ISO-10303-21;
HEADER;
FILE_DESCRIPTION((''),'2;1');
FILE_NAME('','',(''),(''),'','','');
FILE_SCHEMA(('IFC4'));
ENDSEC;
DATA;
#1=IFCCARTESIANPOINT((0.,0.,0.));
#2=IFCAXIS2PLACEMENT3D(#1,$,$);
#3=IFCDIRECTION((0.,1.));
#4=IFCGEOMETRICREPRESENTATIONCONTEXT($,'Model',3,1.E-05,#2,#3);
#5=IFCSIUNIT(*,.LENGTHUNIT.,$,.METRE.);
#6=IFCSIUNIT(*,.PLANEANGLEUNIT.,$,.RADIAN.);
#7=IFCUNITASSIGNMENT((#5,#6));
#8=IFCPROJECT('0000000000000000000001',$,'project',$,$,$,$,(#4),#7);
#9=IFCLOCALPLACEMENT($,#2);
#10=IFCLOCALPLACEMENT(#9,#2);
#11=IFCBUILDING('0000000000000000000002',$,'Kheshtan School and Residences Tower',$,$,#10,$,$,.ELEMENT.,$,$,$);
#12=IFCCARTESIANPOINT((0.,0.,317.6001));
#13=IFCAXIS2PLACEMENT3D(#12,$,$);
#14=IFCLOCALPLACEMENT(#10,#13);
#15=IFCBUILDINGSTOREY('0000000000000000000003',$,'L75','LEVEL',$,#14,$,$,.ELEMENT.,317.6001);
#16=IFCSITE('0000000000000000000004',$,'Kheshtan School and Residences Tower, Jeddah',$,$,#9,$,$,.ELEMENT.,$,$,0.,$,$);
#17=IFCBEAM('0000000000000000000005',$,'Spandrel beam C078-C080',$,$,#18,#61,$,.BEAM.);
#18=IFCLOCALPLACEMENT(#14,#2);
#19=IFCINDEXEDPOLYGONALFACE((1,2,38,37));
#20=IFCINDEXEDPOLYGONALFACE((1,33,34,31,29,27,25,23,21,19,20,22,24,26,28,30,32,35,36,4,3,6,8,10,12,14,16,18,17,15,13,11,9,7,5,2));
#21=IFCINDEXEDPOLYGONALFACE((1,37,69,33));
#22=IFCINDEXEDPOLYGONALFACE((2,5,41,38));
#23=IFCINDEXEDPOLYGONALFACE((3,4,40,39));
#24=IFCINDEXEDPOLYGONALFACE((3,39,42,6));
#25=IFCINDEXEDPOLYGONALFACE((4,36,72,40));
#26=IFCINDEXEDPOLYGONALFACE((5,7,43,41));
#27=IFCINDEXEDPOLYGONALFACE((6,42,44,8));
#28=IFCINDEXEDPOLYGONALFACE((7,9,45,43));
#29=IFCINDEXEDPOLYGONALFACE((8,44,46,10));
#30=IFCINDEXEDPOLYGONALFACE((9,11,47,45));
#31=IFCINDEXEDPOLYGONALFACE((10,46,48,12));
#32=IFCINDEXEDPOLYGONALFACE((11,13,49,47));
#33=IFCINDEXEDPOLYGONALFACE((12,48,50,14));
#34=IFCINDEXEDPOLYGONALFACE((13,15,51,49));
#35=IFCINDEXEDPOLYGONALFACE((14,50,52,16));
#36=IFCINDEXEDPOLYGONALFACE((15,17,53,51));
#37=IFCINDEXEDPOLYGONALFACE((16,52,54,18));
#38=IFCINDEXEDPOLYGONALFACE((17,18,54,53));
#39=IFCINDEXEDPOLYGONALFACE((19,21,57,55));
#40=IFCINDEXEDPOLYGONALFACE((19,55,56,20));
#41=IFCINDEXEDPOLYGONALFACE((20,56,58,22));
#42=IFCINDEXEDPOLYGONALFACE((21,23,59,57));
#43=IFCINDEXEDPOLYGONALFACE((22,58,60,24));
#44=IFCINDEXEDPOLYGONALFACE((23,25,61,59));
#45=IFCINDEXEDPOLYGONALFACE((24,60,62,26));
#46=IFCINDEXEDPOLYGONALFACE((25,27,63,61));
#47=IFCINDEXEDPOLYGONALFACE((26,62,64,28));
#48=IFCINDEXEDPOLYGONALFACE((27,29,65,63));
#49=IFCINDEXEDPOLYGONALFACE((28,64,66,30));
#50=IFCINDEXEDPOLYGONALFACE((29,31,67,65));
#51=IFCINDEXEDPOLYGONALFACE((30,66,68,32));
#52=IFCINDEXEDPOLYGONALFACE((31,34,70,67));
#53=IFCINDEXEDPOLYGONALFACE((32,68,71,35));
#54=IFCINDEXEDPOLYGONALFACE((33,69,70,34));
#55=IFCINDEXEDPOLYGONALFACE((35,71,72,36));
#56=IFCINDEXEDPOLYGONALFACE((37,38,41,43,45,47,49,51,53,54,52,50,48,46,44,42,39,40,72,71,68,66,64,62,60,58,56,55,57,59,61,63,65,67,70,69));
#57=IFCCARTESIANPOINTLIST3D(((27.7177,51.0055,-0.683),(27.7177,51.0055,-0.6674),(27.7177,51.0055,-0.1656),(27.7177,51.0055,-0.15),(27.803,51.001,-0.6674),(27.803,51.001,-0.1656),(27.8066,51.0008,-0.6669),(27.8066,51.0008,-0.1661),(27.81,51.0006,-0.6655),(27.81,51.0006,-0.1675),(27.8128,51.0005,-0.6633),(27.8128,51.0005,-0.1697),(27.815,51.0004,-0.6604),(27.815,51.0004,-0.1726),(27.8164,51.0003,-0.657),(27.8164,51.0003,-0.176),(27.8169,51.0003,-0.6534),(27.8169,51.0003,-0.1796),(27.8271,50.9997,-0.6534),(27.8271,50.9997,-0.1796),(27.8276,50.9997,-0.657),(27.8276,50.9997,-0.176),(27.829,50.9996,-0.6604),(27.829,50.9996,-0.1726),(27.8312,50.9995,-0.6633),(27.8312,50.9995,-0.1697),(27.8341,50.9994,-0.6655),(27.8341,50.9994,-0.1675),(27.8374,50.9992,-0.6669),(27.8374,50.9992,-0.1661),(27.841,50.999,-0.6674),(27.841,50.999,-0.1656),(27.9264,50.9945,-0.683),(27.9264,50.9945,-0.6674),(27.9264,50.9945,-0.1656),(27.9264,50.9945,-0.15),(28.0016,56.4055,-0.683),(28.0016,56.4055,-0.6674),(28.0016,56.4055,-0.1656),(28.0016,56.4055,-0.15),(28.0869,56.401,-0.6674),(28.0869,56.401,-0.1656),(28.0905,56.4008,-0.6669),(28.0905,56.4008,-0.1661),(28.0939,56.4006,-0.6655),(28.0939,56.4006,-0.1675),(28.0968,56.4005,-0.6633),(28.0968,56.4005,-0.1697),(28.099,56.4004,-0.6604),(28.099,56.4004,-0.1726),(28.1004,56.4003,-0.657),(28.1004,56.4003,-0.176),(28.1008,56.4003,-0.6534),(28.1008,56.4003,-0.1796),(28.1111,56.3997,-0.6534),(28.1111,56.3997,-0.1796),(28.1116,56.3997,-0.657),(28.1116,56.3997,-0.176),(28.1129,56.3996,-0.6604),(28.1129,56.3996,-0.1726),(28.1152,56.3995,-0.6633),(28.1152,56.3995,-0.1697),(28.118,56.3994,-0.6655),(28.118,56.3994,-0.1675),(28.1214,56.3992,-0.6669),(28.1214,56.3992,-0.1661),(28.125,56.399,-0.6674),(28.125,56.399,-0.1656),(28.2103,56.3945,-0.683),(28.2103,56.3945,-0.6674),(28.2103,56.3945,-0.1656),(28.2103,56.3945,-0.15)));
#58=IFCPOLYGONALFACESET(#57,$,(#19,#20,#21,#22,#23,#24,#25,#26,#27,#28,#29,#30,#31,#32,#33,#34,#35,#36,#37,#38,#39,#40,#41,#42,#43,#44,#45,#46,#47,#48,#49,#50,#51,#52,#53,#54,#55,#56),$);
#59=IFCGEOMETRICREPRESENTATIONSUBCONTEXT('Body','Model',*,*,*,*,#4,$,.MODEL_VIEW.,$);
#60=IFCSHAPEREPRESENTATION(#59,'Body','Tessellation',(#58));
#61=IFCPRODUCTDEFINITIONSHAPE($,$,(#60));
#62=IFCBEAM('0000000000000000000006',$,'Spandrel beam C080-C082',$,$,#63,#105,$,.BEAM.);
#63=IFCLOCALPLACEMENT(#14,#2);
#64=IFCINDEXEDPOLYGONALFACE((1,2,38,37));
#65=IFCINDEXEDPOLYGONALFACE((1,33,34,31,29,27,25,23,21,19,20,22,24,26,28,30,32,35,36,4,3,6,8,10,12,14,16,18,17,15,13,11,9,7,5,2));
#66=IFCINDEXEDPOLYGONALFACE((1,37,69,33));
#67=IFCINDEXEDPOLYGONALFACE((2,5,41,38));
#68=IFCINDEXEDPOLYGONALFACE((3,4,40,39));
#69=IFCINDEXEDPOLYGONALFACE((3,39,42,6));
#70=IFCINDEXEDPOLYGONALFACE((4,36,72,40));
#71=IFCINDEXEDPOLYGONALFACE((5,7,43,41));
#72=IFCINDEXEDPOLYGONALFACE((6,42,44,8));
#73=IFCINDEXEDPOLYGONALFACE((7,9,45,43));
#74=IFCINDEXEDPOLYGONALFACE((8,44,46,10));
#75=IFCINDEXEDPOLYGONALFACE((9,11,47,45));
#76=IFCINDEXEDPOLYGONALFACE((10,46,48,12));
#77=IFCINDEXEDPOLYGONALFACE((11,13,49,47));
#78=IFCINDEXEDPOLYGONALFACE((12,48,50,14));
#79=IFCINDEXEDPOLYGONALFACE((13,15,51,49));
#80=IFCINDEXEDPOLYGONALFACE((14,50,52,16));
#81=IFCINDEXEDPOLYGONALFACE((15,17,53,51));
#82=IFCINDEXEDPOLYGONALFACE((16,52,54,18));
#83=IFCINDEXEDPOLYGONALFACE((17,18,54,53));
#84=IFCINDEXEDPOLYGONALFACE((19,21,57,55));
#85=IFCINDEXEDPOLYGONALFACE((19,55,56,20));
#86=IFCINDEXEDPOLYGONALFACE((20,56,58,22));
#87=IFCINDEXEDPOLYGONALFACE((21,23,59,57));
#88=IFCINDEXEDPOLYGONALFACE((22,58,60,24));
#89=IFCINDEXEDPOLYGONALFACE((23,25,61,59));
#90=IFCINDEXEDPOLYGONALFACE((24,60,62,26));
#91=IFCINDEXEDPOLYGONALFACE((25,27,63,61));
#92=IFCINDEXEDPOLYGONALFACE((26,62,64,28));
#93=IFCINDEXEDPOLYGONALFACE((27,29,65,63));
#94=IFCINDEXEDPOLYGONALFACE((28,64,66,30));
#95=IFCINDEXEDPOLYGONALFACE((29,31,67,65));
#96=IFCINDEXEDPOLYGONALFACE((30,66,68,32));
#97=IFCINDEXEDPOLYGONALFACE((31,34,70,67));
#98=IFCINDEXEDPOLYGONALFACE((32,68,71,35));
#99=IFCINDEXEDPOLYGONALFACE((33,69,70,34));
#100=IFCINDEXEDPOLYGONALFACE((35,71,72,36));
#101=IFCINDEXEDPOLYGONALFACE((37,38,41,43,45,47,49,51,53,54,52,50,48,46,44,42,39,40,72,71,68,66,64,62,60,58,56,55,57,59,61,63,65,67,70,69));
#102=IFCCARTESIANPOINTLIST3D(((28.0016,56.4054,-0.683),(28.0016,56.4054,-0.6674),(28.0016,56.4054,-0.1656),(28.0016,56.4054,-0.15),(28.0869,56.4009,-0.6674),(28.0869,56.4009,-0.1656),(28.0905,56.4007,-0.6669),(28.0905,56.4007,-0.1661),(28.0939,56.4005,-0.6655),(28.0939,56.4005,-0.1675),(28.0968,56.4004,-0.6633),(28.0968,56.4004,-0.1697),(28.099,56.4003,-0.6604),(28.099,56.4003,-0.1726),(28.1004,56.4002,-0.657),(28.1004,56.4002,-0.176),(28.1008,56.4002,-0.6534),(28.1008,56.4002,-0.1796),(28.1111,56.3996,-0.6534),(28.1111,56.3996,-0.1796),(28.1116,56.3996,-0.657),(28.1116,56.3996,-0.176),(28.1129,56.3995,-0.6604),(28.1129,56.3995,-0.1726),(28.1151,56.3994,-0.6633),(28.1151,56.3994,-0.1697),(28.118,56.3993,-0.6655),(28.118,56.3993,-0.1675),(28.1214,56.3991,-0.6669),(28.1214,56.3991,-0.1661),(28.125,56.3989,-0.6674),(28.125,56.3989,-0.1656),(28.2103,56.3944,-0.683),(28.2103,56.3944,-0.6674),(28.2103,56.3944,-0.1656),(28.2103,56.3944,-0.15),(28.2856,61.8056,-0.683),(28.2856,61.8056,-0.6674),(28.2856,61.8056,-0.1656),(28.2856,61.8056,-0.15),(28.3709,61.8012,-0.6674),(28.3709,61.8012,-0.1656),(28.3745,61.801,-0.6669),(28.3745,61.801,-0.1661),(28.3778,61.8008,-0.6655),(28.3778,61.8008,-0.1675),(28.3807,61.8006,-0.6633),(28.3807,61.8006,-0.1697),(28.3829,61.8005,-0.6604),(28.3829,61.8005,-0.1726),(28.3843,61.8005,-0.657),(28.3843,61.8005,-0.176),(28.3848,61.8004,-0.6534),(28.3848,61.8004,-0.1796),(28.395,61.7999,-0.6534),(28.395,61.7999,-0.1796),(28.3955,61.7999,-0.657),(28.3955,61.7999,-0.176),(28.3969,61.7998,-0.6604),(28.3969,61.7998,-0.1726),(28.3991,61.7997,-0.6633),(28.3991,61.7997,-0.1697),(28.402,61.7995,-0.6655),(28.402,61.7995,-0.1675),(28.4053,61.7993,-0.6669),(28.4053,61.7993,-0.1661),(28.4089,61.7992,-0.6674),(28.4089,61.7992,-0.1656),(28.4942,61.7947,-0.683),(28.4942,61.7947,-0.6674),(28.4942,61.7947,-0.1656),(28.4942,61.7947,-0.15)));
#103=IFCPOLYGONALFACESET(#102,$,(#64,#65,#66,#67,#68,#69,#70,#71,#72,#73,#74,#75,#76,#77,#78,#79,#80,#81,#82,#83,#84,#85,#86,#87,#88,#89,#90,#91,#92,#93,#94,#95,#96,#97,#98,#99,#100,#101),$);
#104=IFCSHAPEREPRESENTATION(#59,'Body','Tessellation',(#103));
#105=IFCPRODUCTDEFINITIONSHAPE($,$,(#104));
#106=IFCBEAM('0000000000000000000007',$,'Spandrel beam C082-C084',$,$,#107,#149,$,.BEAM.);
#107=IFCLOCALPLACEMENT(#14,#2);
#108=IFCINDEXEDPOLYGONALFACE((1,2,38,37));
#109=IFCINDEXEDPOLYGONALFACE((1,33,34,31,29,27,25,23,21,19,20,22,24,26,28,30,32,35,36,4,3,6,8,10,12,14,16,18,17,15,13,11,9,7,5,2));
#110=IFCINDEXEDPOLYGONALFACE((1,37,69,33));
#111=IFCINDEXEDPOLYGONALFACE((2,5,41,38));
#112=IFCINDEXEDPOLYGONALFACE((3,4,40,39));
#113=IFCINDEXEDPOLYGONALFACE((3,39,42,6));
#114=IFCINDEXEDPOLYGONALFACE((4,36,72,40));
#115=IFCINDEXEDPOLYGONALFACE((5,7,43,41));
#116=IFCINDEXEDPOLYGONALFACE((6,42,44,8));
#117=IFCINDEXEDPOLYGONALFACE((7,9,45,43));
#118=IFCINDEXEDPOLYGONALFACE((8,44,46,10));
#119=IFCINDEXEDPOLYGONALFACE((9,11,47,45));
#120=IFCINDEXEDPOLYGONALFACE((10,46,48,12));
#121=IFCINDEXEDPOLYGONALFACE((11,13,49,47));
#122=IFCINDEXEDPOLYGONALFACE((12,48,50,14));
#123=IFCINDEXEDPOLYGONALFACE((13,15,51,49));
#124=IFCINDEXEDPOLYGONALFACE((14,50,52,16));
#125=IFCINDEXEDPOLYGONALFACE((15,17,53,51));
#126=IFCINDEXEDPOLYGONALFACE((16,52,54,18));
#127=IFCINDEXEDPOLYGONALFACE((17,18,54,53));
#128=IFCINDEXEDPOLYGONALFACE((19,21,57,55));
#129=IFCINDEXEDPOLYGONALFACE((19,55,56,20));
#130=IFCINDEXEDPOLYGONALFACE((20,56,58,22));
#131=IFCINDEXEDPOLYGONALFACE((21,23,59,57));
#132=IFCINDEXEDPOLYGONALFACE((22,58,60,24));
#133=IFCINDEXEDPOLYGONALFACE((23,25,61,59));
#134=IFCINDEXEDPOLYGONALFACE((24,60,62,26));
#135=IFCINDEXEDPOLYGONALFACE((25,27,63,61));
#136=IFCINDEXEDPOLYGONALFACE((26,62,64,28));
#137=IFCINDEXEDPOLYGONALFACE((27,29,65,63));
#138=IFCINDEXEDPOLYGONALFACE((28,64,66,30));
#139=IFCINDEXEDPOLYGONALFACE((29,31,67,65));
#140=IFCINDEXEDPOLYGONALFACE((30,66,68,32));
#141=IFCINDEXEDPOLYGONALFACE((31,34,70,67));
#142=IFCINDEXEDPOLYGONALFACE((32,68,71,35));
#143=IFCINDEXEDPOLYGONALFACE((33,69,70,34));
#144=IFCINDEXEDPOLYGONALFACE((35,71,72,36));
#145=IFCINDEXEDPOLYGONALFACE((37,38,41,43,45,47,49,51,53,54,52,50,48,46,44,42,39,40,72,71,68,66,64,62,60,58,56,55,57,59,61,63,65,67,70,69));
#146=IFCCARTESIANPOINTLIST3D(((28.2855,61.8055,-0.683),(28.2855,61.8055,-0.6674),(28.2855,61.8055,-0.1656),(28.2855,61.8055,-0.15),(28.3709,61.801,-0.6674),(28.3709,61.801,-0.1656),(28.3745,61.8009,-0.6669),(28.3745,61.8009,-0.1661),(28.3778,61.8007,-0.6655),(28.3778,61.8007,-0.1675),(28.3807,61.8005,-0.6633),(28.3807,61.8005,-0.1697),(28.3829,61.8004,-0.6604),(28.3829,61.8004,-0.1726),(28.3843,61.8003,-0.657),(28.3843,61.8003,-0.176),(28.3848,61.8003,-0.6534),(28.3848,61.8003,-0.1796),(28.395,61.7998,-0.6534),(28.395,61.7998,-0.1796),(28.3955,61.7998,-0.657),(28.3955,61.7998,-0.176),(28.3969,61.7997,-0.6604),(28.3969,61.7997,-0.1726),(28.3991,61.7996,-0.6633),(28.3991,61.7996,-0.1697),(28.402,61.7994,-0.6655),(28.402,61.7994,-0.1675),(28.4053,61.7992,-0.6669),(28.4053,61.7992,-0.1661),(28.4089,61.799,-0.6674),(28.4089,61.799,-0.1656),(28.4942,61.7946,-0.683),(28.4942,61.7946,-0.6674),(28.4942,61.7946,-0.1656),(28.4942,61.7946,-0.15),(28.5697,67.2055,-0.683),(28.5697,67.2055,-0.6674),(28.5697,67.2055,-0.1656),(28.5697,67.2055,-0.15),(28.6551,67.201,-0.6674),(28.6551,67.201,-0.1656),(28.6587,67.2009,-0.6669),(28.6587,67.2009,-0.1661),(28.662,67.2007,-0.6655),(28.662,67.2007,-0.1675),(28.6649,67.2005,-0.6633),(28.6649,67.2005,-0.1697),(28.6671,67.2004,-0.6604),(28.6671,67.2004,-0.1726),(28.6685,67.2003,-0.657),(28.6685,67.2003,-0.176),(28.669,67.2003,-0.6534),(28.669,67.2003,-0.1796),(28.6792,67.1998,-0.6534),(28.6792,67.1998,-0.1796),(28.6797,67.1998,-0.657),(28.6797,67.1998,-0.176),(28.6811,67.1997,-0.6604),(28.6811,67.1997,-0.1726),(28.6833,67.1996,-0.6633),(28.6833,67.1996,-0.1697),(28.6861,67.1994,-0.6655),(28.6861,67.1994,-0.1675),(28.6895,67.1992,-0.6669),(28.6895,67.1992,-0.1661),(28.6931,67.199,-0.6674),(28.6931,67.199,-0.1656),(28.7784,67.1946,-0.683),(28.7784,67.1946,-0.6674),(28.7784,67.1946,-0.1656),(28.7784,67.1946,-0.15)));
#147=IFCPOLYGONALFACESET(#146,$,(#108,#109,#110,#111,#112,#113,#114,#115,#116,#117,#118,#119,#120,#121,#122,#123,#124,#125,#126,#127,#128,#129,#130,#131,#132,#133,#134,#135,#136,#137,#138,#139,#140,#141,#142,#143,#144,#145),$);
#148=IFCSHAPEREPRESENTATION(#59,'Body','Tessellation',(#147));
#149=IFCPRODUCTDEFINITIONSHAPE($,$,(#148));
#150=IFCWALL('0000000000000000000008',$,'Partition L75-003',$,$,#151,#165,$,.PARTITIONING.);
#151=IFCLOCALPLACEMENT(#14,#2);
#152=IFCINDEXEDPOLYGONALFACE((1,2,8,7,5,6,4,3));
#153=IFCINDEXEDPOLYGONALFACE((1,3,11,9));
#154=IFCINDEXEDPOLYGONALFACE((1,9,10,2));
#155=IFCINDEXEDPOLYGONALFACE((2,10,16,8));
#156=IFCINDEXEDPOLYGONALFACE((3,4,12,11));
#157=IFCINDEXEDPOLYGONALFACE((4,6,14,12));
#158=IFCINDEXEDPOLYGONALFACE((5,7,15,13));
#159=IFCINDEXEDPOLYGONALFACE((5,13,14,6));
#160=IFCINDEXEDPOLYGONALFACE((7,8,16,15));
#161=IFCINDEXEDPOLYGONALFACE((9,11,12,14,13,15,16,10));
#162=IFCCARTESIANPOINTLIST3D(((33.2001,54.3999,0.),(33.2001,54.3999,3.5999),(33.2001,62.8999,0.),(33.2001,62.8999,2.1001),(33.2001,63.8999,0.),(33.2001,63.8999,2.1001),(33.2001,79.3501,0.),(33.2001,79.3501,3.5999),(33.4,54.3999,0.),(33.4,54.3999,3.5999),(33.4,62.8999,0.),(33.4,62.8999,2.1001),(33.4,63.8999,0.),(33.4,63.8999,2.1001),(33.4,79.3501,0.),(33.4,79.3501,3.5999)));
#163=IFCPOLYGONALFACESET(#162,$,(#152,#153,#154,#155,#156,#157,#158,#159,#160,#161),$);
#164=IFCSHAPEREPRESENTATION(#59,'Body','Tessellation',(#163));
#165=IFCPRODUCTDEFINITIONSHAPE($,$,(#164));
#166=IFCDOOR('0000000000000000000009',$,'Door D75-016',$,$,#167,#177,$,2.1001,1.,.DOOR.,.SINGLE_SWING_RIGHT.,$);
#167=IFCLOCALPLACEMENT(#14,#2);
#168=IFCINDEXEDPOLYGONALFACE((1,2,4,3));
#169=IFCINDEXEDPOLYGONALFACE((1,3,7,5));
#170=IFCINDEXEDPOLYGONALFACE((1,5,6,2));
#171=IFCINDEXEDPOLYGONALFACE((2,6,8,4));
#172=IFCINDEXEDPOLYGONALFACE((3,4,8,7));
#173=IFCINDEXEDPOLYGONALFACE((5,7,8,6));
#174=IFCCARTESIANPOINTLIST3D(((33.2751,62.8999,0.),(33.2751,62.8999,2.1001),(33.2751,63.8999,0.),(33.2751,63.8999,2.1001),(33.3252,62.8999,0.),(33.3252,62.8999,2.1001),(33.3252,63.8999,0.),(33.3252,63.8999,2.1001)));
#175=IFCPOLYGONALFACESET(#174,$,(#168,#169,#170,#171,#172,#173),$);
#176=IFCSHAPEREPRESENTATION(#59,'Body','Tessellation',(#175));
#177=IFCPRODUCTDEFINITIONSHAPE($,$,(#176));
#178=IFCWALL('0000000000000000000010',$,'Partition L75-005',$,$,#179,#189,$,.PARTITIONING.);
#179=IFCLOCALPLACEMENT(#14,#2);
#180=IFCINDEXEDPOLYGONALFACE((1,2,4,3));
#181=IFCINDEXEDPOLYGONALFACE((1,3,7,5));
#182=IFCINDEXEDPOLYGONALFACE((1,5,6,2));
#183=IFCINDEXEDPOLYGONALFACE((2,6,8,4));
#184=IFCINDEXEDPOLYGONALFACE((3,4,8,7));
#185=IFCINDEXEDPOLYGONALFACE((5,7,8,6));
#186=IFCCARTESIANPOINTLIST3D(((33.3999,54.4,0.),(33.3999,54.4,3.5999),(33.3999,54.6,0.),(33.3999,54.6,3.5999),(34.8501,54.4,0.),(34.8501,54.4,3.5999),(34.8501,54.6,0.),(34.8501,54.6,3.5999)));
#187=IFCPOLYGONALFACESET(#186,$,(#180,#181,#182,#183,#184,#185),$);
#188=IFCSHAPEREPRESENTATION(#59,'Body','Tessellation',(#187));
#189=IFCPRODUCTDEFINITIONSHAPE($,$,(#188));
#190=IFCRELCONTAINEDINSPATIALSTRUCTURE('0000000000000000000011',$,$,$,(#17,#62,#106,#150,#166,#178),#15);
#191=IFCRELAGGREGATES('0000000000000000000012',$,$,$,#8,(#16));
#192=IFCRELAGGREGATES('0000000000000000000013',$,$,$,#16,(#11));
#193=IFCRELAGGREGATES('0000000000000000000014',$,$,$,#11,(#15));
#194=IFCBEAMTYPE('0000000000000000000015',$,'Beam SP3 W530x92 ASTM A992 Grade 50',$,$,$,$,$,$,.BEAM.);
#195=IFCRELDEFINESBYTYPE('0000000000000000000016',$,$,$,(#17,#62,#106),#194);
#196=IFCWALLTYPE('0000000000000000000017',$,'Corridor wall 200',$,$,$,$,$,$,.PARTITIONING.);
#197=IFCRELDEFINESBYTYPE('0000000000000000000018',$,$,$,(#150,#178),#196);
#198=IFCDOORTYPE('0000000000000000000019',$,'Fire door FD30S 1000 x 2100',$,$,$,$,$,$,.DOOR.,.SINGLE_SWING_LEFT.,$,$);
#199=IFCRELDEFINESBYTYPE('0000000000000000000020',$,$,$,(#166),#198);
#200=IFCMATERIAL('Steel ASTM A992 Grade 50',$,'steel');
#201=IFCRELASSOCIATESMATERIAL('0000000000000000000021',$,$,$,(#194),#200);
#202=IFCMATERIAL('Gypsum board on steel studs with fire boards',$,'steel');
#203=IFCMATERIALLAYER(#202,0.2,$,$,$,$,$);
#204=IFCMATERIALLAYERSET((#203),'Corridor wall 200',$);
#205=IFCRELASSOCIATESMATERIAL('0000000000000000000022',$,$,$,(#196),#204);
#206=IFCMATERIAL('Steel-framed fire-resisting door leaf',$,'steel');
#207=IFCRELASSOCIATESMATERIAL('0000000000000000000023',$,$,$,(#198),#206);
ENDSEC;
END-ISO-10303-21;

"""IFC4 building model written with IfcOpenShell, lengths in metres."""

from ifc_helpers import new_model, si_unit, direction, frame, frame_2d, origin, origin_2d, place, context, subcontext, project, spatial, rectangle, i_section, extrude, source, transform, mapped, material, layer, layer_set, material_profile, profile_set, type_object, element, fill, save


model = new_model("IFC4")

# Units and contexts
model_context = context("Model", 3, precision=1e-05, world=origin(), true_north=direction((0.0, 1.0)))
body_context = subcontext(model_context, "Body", "Model", "MODEL_VIEW")
ifc_project = project(units=[si_unit("LENGTHUNIT", "METRE"), si_unit("PLANEANGLEUNIT", "RADIAN")], contexts=[model_context])

# Site, building, storey
site_placement = place(None, origin())
site = spatial("IfcSite", under=ifc_project, at=site_placement, Name="Kheshtan School and Residences Tower, Jeddah", CompositionType="ELEMENT", RefElevation=0.0)
building_placement = place(site_placement, origin())
building = spatial("IfcBuilding", under=site, at=building_placement, Name="Kheshtan School and Residences Tower", CompositionType="ELEMENT")
storey_placement = place(building_placement, frame((0.0, 0.0, 317.6001)))
storey = spatial("IfcBuildingStorey", under=building, at=storey_placement, Name="L75", Description="LEVEL", CompositionType="ELEMENT", Elevation=317.6001)

# Shared definitions
ifc_material_1 = material(Name="Steel ASTM A992 Grade 50", Category="steel")

# Beams
ifc_material_profile_1 = material_profile(ifc_material_1, i_section(OverallWidth=0.209, OverallDepth=0.533, WebThickness=0.0103, FlangeThickness=0.0156, FilletRadius=0.0139, at=origin_2d()), Name="W530x92")
ifc_profile_set_1 = profile_set([ifc_material_profile_1], Name="Steel ASTM A992 Grade 50")
beam_type_1 = type_object("IfcBeamType", Name="Beam SP3 W530x92 ASTM A992 Grade 50", PredefinedType="BEAM", material=ifc_profile_set_1)
beam_1_placement = place(storey_placement, frame((27.822, 51.0, -0.4165), z_axis=(0.052509, 0.99862, 0.0), x_axis=(-0.99862, 0.052509, 0.0)))
element("IfcBeam", 1, at=beam_1_placement, inside=storey, type_object=beam_type_1, Name="Spandrel beam C078-C080", PredefinedType="BEAM", context=body_context, shape_type="SweptSolid", body=[
    extrude(i_section(OverallWidth=0.209, OverallDepth=0.533, WebThickness=0.0103, FlangeThickness=0.0156, FilletRadius=0.0139, at=origin_2d()), origin(), (0.0, 0.0, 1.0), 5.4075),
])
beam_2_placement = place(storey_placement, frame((28.106, 56.3999, -0.4165), z_axis=(0.052507, 0.998621, 0.0), x_axis=(-0.998621, 0.052507, 0.0)))
element("IfcBeam", 2, at=beam_2_placement, inside=storey, type_object=beam_type_1, Name="Spandrel beam C080-C082", PredefinedType="BEAM", context=body_context, shape_type="SweptSolid", body=[
    extrude(i_section(OverallWidth=0.209, OverallDepth=0.533, WebThickness=0.0103, FlangeThickness=0.0156, FilletRadius=0.0139, at=origin_2d()), origin(), (0.0, 0.0, 1.0), 5.4077),
])
beam_3_placement = place(storey_placement, frame((28.3899, 61.8, -0.4165), z_axis=(0.052554, 0.998618, 0.0), x_axis=(-0.998618, 0.052554, 0.0)))
element("IfcBeam", 3, at=beam_3_placement, inside=storey, type_object=beam_type_1, Name="Spandrel beam C082-C084", PredefinedType="BEAM", context=body_context, shape_type="SweptSolid", body=[
    extrude(i_section(OverallWidth=0.209, OverallDepth=0.533, WebThickness=0.0103, FlangeThickness=0.0156, FilletRadius=0.0139, at=origin_2d()), origin(), (0.0, 0.0, 1.0), 5.4075),
])

# Wall, opening, door
ifc_material_2 = material(Name="Gypsum board on steel studs with fire boards", Category="steel")
ifc_layer_1 = layer(ifc_material_2, 0.2)
ifc_layer_set_1 = layer_set([ifc_layer_1], Name="Corridor wall 200")
wall_type_1 = type_object("IfcWallType", Name="Corridor wall 200", PredefinedType="PARTITIONING", material=ifc_layer_set_1)
wall_1_placement = place(storey_placement, frame((33.3, 54.3999, 0.0), z_axis=(0.0, 0.0, 1.0), x_axis=(0.0, 1.0, 0.0)))
wall_1 = element("IfcWall", 4, at=wall_1_placement, inside=storey, type_object=wall_type_1, Name="Partition L75-003", PredefinedType="PARTITIONING", context=body_context, shape_type="SweptSolid", body=[
    extrude(rectangle(XDim=24.9502, YDim=0.2, at=frame_2d((12.4751, 0.0))), origin(), (0.0, 0.0, 1.0), 3.5999),
])
opening_1_placement = place(wall_1_placement, frame((8.5, 0.0, 0.0)))
opening_1 = element("IfcOpeningElement", 5, at=opening_1_placement, cuts=wall_1, PredefinedType="OPENING", context=body_context, shape_type="SweptSolid", body=[
    extrude(rectangle(XDim=1.0, YDim=2.1001, at=frame_2d((0.5, 1.05))), frame((0.0, 0.1099, 0.0), z_axis=(0.0, -1.0, 0.0), x_axis=(1.0, 0.0, 0.0)), (0.0, 0.0, 1.0), 0.22),
])
ifc_material_3 = material(Name="Steel-framed fire-resisting door leaf", Category="steel")
door_type_1 = type_object("IfcDoorType", Name="Fire door FD30S 1000 x 2100", OperationType="SINGLE_SWING_LEFT", PredefinedType="DOOR", material=ifc_material_3)
shared_shape_1 = source(origin(), body_context, "Body", "SweptSolid", [
    extrude(rectangle(XDim=1.0, YDim=2.1001, at=frame_2d((0.5, 1.05))), frame((0.0, 0.0249, 0.0), z_axis=(0.0, -1.0, 0.0), x_axis=(1.0, 0.0, 0.0)), (0.0, 0.0, 1.0), 0.05),
])
door_1_placement = place(opening_1_placement, origin())
door_1 = element("IfcDoor", 6, at=door_1_placement, inside=storey, type_object=door_type_1, Name="Door D75-016", OperationType="SINGLE_SWING_RIGHT", OverallHeight=2.1001, OverallWidth=1.0, PredefinedType="DOOR", context=body_context, shape_type="MappedRepresentation", body=[
    mapped(shared_shape_1, transform((0.0, 0.0, 0.0), x_axis=(1.0, 0.0, 0.0), y_axis=(0.0, 1.0, 0.0), z_axis=(0.0, 0.0, 1.0), scale=1.0)),
])
fill(opening_1, door_1)

# Wall
wall_2_placement = place(storey_placement, frame((33.3999, 54.5, 0.0), z_axis=(0.0, 0.0, 1.0), x_axis=(1.0, 0.0, 0.0)))
element("IfcWall", 7, at=wall_2_placement, inside=storey, type_object=wall_type_1, Name="Partition L75-005", PredefinedType="PARTITIONING", context=body_context, shape_type="SweptSolid", body=[
    extrude(rectangle(XDim=1.4502, YDim=0.2, at=frame_2d((0.7251, 0.0))), origin(), (0.0, 0.0, 1.0), 3.5999),
])

save(model, "model.ifc")
